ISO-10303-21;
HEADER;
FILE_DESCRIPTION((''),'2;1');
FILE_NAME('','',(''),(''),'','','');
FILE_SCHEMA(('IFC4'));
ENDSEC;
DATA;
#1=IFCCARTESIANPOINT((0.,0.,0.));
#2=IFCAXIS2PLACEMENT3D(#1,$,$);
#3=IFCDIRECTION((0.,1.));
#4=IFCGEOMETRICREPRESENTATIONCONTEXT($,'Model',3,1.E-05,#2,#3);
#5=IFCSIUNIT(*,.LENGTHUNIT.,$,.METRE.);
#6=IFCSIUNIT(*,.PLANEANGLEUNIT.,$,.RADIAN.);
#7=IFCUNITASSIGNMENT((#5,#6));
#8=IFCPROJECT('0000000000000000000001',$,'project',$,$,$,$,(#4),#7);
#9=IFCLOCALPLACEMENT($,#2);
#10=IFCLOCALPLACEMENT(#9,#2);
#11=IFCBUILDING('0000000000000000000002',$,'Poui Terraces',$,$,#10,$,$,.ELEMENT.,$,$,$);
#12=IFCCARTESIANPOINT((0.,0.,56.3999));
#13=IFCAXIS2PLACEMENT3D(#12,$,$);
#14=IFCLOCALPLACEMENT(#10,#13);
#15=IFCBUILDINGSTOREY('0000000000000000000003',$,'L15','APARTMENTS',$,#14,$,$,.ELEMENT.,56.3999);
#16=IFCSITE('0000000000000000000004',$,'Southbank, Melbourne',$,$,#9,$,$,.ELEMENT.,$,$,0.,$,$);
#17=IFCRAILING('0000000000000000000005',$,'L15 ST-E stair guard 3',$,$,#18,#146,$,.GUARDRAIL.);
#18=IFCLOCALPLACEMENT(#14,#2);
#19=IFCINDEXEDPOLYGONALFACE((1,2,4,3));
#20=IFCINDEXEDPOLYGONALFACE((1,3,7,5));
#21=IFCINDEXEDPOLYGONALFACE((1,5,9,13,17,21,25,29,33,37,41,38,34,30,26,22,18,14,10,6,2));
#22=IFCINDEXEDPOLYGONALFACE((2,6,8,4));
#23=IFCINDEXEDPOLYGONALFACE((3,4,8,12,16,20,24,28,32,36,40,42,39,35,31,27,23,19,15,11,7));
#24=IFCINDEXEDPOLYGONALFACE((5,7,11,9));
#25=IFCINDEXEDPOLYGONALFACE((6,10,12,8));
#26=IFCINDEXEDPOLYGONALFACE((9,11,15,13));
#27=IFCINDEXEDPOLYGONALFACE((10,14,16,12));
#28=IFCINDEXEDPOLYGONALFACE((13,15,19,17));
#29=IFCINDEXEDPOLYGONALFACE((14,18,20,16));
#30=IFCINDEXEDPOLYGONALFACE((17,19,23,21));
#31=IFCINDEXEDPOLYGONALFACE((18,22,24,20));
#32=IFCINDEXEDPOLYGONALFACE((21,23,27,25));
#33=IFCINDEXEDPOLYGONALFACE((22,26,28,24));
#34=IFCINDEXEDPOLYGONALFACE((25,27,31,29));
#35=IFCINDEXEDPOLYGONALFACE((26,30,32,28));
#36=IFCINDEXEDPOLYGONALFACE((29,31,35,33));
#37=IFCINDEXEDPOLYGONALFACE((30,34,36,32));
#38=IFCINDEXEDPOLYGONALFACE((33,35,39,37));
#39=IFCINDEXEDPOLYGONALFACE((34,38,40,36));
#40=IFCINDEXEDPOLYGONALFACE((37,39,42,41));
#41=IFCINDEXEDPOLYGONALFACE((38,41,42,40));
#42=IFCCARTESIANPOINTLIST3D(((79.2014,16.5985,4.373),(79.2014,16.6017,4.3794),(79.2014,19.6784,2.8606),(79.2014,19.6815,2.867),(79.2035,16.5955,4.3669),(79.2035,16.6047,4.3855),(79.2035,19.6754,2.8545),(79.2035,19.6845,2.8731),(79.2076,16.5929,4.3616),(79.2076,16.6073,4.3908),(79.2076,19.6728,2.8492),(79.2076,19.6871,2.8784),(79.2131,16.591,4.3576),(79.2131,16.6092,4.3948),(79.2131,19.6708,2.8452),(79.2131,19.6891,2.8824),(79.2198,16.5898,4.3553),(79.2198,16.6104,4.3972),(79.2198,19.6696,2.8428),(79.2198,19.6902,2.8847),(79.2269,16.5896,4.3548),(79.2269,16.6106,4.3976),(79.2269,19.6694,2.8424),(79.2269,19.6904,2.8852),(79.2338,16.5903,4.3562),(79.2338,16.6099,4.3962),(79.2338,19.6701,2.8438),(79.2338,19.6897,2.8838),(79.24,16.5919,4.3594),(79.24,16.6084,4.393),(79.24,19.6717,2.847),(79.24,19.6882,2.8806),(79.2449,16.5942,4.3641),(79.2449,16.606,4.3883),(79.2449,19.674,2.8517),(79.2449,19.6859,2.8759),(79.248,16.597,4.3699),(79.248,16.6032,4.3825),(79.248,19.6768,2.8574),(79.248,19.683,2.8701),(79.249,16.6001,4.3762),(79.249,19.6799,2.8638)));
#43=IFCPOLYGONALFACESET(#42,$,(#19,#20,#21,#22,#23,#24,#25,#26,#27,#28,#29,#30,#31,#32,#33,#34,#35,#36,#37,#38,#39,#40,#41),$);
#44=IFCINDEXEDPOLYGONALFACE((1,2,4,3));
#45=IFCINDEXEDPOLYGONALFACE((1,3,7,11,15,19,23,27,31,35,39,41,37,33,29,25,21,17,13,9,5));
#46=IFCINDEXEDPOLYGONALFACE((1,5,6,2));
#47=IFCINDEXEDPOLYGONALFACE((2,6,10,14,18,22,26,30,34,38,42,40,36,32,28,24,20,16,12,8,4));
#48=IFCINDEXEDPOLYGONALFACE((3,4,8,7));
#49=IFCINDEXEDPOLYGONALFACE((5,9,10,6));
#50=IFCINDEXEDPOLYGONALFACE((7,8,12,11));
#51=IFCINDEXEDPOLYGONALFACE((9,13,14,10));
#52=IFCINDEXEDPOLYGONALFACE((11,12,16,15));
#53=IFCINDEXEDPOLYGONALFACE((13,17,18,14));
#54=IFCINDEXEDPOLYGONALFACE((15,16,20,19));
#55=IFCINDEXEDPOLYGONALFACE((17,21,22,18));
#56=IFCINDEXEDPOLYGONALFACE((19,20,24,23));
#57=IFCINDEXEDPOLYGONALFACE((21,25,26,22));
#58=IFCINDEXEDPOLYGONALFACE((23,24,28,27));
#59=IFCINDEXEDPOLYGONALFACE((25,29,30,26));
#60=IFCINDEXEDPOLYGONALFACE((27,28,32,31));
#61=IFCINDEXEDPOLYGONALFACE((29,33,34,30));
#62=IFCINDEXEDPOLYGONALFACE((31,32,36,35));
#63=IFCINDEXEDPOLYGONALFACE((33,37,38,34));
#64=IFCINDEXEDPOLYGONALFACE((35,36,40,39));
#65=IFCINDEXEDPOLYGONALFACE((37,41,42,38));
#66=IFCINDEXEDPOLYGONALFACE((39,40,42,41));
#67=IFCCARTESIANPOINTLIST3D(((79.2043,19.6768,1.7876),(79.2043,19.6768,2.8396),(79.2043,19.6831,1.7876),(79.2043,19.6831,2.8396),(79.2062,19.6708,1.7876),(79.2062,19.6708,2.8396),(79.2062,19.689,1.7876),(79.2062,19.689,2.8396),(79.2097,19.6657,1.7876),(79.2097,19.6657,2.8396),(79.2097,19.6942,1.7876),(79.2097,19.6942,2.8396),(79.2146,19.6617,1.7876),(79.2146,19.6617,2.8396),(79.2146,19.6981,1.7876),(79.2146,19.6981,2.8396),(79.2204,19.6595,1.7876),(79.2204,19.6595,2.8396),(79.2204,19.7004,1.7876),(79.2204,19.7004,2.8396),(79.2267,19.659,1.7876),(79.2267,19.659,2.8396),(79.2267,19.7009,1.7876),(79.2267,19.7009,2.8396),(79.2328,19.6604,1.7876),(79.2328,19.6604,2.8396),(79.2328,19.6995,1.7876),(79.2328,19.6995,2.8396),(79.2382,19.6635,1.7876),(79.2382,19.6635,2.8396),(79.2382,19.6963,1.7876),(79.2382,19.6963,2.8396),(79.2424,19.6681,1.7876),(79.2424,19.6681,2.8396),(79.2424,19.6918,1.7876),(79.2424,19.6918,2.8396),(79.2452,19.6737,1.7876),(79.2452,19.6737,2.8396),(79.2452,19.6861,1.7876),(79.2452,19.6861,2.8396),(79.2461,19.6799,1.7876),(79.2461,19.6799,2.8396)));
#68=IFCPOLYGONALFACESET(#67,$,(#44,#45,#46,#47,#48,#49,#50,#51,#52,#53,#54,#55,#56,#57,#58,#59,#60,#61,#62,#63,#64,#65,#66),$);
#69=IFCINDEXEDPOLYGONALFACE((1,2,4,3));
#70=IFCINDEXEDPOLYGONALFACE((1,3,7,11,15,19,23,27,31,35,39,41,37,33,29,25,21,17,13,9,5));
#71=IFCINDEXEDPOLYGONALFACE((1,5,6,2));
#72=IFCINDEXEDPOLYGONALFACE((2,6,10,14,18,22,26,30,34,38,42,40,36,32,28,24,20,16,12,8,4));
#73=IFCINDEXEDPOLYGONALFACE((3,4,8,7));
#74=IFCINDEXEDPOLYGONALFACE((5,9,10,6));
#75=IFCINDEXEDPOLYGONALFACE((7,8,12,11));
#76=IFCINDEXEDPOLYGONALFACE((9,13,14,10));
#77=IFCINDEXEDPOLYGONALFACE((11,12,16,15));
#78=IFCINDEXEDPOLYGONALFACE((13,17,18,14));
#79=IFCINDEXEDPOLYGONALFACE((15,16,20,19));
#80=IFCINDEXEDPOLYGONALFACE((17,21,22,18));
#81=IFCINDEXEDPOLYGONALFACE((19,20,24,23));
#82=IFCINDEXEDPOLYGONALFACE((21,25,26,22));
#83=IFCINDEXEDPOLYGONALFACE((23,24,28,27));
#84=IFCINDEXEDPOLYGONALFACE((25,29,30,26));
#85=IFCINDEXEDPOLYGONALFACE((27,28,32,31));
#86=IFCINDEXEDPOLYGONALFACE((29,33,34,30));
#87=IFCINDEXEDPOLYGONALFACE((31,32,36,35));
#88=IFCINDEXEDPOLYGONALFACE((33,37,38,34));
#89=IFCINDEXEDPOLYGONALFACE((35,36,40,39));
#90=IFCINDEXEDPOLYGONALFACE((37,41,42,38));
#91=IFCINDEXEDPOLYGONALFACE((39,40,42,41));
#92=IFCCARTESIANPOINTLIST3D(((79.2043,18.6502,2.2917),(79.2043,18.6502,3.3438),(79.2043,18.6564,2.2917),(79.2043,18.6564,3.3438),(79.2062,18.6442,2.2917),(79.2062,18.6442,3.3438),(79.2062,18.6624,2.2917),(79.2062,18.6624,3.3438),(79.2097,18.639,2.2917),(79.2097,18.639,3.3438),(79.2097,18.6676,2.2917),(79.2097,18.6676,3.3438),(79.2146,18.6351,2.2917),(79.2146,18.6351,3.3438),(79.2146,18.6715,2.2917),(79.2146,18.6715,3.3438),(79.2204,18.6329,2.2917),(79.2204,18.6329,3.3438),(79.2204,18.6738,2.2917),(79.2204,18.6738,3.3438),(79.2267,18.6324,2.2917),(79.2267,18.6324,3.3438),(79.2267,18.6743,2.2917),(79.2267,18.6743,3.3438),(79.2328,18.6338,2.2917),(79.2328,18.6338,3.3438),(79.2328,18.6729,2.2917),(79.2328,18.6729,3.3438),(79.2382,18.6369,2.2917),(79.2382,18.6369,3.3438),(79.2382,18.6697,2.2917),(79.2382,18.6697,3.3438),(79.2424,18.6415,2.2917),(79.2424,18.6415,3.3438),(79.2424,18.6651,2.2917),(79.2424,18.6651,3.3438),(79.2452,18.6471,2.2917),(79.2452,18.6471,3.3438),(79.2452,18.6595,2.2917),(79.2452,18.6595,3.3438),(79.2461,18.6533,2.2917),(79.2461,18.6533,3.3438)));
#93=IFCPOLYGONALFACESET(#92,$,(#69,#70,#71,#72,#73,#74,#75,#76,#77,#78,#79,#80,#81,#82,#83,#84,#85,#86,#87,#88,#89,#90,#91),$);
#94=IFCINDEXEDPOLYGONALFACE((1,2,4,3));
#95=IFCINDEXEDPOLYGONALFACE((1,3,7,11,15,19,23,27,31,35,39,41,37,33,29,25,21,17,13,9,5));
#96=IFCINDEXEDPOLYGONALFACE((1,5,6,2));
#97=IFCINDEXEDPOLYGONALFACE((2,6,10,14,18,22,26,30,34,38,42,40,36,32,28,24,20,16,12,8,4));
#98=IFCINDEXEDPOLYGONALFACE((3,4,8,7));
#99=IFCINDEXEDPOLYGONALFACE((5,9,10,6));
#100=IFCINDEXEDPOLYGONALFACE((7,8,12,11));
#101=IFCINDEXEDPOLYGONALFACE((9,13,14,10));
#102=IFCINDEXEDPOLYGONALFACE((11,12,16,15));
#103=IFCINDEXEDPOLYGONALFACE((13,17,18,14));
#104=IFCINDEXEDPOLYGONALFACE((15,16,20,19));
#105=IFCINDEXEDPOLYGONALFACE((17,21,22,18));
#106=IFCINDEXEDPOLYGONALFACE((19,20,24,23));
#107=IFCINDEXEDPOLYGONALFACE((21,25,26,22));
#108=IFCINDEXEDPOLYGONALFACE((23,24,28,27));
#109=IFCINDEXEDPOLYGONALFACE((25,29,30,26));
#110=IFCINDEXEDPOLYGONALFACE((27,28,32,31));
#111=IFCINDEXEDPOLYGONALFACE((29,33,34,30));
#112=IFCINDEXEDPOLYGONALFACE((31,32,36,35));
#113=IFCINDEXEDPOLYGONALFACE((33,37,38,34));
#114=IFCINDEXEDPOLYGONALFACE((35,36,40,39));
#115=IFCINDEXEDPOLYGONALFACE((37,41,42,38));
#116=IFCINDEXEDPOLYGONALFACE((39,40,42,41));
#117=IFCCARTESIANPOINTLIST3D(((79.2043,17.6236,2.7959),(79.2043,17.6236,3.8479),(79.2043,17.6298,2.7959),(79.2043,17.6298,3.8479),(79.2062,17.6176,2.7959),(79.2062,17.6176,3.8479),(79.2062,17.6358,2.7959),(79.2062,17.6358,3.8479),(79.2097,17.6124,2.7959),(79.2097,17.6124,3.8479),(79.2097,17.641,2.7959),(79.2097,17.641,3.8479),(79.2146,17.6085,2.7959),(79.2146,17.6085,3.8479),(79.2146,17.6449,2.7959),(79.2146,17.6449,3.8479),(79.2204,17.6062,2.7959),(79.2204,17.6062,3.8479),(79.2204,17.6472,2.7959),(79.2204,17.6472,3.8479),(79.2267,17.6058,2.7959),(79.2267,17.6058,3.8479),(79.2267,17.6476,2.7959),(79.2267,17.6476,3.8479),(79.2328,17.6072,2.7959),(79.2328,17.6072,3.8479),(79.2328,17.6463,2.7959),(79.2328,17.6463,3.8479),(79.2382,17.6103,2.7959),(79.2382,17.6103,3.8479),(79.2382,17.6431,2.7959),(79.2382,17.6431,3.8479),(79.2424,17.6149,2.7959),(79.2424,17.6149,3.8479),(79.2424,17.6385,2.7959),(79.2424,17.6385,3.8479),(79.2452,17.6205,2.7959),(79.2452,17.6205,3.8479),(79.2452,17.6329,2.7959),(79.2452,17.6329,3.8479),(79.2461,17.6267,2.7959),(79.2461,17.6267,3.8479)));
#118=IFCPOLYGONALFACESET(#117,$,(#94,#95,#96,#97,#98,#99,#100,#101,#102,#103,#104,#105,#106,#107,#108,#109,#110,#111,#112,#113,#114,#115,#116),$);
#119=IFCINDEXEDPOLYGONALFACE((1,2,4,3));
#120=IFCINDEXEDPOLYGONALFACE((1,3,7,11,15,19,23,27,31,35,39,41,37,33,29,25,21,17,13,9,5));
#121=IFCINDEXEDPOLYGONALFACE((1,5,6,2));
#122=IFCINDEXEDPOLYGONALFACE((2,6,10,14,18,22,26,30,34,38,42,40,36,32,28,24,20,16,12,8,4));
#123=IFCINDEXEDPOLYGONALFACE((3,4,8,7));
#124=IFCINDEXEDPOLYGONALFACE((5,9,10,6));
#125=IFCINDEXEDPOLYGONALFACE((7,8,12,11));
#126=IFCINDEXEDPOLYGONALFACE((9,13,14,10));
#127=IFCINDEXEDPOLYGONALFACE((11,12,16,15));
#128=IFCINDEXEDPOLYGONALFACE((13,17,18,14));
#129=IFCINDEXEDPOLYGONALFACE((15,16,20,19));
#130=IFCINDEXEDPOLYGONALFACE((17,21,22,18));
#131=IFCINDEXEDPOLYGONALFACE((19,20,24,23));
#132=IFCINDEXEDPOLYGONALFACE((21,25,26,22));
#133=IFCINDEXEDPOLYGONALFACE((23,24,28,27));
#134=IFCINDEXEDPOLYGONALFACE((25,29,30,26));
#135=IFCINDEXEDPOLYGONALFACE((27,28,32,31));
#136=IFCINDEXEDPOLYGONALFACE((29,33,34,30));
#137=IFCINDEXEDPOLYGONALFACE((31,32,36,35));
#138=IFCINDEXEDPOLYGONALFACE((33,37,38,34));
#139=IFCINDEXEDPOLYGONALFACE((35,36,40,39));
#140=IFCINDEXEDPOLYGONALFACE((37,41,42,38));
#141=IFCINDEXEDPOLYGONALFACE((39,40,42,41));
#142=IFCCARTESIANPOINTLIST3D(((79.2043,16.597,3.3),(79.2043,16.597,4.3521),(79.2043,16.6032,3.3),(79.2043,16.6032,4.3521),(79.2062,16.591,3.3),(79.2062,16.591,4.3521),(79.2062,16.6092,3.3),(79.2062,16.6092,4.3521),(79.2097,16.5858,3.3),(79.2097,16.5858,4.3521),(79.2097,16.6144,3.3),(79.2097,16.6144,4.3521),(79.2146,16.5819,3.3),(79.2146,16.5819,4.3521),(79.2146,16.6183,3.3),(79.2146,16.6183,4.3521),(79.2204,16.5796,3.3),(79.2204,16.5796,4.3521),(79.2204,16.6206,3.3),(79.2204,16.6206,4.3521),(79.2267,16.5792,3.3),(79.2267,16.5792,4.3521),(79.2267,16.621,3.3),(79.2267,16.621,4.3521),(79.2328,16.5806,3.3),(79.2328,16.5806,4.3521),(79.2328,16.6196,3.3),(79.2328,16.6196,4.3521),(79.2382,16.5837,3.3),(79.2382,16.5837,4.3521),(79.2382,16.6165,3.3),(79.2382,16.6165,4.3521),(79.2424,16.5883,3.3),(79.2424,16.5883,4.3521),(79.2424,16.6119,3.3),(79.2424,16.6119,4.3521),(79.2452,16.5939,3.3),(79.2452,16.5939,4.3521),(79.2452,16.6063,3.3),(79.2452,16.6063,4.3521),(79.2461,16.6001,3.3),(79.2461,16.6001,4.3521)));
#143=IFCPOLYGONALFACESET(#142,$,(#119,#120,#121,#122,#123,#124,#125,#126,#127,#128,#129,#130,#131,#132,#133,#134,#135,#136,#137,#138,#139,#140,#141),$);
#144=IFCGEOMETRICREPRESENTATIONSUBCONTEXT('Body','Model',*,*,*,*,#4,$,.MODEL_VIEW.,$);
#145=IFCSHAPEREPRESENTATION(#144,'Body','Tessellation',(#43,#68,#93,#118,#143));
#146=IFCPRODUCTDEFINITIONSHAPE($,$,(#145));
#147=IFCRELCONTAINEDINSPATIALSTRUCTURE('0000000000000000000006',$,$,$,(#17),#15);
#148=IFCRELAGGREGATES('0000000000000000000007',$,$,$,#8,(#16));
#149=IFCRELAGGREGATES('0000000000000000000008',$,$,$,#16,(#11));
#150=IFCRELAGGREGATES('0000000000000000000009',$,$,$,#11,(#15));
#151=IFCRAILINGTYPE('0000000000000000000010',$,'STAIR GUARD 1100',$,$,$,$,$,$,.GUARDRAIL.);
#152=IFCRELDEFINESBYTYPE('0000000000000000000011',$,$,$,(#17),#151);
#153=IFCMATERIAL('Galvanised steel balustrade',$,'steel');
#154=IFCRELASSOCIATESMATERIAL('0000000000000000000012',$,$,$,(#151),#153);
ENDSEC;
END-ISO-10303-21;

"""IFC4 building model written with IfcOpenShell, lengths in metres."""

from ifc_helpers import new_model, si_unit, direction, frame, origin, origin_2d, place, context, subcontext, project, spatial, circle, extrude, material, type_object, element, save


model = new_model("IFC4")

# Units and contexts
model_context = context("Model", 3, precision=1e-05, world=origin(), true_north=direction((0.0, 1.0)))
body_context = subcontext(model_context, "Body", "Model", "MODEL_VIEW")
ifc_project = project(units=[si_unit("LENGTHUNIT", "METRE"), si_unit("PLANEANGLEUNIT", "RADIAN")], contexts=[model_context])

# Site, building, storey
site_placement = place(None, origin())
site = spatial("IfcSite", under=ifc_project, at=site_placement, Name="Southbank, Melbourne", CompositionType="ELEMENT", RefElevation=0.0)
building_placement = place(site_placement, origin())
building = spatial("IfcBuilding", under=site, at=building_placement, Name="Poui Terraces", CompositionType="ELEMENT")
storey_placement = place(building_placement, frame((0.0, 0.0, 56.3999)))
storey = spatial("IfcBuildingStorey", under=building, at=storey_placement, Name="L15", Description="APARTMENTS", CompositionType="ELEMENT", Elevation=56.3999)

# Railing
ifc_material_1 = material(Name="Galvanised steel balustrade", Category="steel")
railing_type_1 = type_object("IfcRailingType", Name="STAIR GUARD 1100", PredefinedType="GUARDRAIL", material=ifc_material_1)
railing_1_placement = place(storey_placement, frame((79.2251, 19.6799, 1.7876)))
element("IfcRailing", 1, at=railing_1_placement, inside=storey, type_object=railing_type_1, Name="L15 ST-E stair guard 3", PredefinedType="GUARDRAIL", context=body_context, shape_type="SweptSolid", body=[
    extrude(circle(Radius=0.0239, at=origin_2d()), frame((0.0, 0.0, 1.0762), z_axis=(0.0, -0.897606, 0.440798), x_axis=(1.0, 0.0, 0.0)), (0.0, 0.0, 1.0), 3.4312),
    extrude(circle(Radius=0.021, at=origin_2d()), origin(), (0.0, 0.0, 1.0), 1.052),
    extrude(circle(Radius=0.021, at=origin_2d()), frame((0.0, -1.0266, 0.5042)), (0.0, 0.0, 1.0), 1.052),
    extrude(circle(Radius=0.021, at=origin_2d()), frame((0.0, -2.0532, 1.0083)), (0.0, 0.0, 1.0), 1.052),
    extrude(circle(Radius=0.021, at=origin_2d()), frame((0.0, -3.0798, 1.5125)), (0.0, 0.0, 1.0), 1.052),
])

save(model, "model.ifc")
